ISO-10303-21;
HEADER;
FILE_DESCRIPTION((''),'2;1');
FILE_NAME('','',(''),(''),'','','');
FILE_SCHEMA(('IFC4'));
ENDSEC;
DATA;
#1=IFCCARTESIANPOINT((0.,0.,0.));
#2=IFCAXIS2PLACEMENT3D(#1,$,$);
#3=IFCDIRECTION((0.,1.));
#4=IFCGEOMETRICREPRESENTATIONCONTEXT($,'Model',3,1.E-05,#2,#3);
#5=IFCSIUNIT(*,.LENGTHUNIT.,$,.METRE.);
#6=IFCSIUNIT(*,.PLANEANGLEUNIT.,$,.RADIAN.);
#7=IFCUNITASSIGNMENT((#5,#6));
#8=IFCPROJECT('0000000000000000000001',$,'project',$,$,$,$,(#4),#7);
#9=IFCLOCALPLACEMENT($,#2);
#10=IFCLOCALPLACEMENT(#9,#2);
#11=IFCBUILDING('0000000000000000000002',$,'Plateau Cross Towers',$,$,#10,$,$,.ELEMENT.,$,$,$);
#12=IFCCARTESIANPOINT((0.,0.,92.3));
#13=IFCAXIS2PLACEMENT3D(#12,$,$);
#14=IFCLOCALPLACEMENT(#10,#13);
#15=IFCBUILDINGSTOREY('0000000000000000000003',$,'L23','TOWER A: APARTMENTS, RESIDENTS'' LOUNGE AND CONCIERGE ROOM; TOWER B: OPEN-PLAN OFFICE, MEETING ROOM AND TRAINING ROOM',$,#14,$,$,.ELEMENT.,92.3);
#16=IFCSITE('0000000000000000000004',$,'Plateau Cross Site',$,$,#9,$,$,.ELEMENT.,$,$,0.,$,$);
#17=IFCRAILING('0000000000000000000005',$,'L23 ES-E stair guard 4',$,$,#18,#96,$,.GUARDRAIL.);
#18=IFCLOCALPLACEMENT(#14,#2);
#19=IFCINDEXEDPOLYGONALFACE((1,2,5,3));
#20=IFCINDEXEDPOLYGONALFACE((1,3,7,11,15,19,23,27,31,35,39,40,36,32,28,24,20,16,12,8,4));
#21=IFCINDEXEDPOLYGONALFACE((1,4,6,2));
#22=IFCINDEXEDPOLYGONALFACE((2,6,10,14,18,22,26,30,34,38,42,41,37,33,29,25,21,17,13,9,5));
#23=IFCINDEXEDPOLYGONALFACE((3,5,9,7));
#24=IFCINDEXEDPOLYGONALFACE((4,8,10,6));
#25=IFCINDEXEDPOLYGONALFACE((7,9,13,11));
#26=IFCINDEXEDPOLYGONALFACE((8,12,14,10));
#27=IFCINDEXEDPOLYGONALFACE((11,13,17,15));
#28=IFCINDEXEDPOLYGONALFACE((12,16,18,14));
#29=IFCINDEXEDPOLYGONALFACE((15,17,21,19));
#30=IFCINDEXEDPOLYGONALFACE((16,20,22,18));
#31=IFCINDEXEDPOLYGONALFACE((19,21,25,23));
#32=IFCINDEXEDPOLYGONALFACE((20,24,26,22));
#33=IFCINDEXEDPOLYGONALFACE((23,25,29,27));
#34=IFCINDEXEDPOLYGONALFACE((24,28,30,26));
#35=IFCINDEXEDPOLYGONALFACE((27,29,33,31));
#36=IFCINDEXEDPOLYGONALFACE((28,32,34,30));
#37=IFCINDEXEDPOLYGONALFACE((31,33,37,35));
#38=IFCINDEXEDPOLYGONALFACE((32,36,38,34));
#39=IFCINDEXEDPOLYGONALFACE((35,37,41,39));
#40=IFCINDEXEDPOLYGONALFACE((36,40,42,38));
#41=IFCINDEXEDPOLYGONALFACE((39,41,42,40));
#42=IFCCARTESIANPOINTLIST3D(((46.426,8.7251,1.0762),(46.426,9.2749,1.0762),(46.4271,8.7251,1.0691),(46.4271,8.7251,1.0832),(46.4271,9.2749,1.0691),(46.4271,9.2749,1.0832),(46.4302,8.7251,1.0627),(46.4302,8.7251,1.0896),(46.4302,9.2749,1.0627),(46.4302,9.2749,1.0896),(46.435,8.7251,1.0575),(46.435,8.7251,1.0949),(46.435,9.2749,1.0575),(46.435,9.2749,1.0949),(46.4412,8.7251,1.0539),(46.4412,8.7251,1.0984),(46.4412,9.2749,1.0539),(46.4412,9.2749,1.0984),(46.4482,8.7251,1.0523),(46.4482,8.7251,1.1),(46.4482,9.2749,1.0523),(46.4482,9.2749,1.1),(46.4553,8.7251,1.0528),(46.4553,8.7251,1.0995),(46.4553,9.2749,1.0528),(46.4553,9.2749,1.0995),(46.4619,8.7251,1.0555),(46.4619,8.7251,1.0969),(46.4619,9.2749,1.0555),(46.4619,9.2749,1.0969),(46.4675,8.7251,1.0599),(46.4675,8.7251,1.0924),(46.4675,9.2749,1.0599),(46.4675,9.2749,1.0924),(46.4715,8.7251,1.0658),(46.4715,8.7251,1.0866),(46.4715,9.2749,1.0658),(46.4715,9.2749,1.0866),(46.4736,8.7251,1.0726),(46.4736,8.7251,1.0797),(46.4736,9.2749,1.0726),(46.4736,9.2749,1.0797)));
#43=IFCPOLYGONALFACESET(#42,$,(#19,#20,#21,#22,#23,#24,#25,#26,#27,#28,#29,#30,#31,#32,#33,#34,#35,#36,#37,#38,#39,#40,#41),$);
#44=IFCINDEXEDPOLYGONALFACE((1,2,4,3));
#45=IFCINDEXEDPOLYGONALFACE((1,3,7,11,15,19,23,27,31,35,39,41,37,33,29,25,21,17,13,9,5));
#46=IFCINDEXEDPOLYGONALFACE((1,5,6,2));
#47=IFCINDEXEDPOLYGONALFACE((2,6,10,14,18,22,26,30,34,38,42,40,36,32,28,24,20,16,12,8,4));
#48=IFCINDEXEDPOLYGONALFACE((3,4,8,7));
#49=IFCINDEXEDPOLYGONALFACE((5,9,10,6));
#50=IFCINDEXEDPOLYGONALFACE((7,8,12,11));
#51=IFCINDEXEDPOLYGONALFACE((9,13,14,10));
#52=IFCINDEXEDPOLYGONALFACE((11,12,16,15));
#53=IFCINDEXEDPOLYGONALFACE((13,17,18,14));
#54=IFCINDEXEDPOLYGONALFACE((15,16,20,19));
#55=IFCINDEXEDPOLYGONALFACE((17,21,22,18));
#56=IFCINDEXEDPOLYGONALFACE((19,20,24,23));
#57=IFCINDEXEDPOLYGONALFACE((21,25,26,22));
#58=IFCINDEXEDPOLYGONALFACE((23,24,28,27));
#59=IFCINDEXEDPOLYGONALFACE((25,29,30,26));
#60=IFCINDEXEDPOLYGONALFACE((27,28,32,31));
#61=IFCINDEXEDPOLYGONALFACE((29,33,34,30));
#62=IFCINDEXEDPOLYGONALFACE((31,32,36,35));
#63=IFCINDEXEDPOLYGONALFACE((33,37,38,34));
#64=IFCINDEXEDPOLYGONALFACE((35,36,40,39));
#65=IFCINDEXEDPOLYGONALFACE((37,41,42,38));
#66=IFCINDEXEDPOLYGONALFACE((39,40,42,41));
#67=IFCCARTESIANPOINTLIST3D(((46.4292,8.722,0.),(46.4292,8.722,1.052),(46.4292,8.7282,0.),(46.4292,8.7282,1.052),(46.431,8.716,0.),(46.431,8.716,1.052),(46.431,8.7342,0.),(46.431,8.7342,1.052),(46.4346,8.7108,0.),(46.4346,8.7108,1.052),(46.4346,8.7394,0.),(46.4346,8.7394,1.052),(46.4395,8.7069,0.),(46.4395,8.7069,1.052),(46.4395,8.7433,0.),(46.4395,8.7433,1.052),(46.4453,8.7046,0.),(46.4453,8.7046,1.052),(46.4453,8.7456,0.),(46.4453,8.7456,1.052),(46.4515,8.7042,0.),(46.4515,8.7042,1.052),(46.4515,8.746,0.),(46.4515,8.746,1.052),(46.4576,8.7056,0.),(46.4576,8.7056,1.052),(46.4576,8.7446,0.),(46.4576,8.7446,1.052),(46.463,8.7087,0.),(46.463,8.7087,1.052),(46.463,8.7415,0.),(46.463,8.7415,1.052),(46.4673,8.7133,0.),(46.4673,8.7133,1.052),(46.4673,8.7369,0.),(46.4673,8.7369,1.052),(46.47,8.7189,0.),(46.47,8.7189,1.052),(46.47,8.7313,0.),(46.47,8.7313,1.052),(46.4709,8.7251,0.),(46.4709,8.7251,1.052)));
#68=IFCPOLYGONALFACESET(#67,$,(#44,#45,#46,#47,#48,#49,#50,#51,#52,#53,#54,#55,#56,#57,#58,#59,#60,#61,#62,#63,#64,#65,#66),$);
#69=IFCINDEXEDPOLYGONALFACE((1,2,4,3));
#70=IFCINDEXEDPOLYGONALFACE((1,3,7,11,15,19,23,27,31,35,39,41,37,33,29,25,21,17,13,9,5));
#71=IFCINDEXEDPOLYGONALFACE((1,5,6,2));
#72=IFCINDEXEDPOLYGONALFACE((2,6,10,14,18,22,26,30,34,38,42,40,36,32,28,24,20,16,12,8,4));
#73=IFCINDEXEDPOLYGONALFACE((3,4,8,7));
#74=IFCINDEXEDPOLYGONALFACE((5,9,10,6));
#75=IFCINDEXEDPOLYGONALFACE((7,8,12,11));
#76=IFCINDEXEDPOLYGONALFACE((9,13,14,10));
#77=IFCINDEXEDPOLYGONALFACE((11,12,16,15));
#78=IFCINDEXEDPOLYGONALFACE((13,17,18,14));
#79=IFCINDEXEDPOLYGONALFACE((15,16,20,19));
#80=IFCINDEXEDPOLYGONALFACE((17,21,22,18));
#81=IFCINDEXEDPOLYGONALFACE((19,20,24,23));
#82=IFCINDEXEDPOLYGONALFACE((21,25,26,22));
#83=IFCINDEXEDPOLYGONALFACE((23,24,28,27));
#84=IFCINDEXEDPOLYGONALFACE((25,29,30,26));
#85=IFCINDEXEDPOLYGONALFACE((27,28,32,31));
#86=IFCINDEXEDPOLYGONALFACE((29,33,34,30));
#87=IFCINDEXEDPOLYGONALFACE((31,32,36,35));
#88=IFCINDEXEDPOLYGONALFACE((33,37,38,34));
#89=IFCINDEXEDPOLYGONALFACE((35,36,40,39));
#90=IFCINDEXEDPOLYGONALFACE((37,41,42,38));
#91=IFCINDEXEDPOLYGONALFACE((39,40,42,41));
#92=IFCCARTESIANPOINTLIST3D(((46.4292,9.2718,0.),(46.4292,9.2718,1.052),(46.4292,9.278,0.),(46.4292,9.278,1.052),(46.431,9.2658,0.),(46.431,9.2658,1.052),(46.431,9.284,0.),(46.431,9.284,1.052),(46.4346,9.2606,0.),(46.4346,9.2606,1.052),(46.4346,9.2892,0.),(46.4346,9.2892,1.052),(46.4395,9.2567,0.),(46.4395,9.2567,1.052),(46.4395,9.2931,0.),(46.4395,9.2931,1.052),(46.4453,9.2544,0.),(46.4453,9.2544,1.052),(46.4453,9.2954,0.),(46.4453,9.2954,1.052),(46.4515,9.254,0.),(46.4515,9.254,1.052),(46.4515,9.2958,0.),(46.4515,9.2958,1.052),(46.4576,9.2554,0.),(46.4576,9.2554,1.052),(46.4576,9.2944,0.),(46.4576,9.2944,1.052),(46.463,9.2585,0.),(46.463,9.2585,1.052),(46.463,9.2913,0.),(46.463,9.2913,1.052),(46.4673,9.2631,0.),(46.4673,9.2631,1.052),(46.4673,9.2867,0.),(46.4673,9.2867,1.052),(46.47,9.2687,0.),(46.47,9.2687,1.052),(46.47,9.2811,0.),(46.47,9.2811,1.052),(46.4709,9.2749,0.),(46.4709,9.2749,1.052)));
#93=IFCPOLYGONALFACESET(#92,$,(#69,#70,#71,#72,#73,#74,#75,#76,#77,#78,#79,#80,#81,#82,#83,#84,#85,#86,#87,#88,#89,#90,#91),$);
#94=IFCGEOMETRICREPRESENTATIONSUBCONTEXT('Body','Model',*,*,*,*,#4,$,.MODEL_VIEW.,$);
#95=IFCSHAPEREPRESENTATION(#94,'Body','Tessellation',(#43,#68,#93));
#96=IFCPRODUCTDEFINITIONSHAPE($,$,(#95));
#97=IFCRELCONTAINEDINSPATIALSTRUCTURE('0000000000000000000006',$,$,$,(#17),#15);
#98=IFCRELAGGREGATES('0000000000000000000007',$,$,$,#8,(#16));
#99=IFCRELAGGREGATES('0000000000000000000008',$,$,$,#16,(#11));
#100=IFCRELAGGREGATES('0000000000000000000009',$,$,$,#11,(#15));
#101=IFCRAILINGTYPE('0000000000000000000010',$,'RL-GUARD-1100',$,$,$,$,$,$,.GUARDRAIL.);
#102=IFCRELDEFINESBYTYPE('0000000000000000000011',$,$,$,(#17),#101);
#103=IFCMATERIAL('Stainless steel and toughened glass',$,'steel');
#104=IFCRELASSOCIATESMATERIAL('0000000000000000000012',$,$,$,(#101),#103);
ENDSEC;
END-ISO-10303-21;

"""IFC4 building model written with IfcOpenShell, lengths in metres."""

from ifc_helpers import new_model, si_unit, direction, frame, origin, origin_2d, place, context, subcontext, project, spatial, circle, extrude, material, type_object, element, save


model = new_model("IFC4")

# Units and contexts
model_context = context("Model", 3, precision=1e-05, world=origin(), true_north=direction((0.0, 1.0)))
body_context = subcontext(model_context, "Body", "Model", "MODEL_VIEW")
ifc_project = project(units=[si_unit("LENGTHUNIT", "METRE"), si_unit("PLANEANGLEUNIT", "RADIAN")], contexts=[model_context])

# Site, building, storey
site_placement = place(None, origin())
site = spatial("IfcSite", under=ifc_project, at=site_placement, Name="Plateau Cross Site", CompositionType="ELEMENT", RefElevation=0.0)
building_placement = place(site_placement, origin())
building = spatial("IfcBuilding", under=site, at=building_placement, Name="Plateau Cross Towers", CompositionType="ELEMENT")
storey_placement = place(building_placement, frame((0.0, 0.0, 92.3)))
storey = spatial("IfcBuildingStorey", under=building, at=storey_placement, Name="L23", Description="TOWER A: APARTMENTS, RESIDENTS' LOUNGE AND CONCIERGE ROOM; TOWER B: OPEN-PLAN OFFICE, MEETING ROOM AND TRAINING ROOM", CompositionType="ELEMENT", Elevation=92.3)

# Railing
ifc_material_1 = material(Name="Stainless steel and toughened glass", Category="steel")
railing_type_1 = type_object("IfcRailingType", Name="RL-GUARD-1100", PredefinedType="GUARDRAIL", material=ifc_material_1)
railing_1_placement = place(storey_placement, frame((46.45, 8.7251, 0.0)))
element("IfcRailing", 1, at=railing_1_placement, inside=storey, type_object=railing_type_1, Name="L23 ES-E stair guard 4", PredefinedType="GUARDRAIL", context=body_context, shape_type="SweptSolid", body=[
    extrude(circle(Radius=0.0239, at=origin_2d()), frame((0.0, 0.0, 1.0762), z_axis=(0.0, 1.0, 0.0), x_axis=(-1.0, 0.0, 0.0)), (0.0, 0.0, 1.0), 0.5498),
    extrude(circle(Radius=0.021, at=origin_2d()), origin(), (0.0, 0.0, 1.0), 1.052),
    extrude(circle(Radius=0.021, at=origin_2d()), frame((0.0, 0.5498, 0.0)), (0.0, 0.0, 1.0), 1.052),
])

save(model, "model.ifc")
